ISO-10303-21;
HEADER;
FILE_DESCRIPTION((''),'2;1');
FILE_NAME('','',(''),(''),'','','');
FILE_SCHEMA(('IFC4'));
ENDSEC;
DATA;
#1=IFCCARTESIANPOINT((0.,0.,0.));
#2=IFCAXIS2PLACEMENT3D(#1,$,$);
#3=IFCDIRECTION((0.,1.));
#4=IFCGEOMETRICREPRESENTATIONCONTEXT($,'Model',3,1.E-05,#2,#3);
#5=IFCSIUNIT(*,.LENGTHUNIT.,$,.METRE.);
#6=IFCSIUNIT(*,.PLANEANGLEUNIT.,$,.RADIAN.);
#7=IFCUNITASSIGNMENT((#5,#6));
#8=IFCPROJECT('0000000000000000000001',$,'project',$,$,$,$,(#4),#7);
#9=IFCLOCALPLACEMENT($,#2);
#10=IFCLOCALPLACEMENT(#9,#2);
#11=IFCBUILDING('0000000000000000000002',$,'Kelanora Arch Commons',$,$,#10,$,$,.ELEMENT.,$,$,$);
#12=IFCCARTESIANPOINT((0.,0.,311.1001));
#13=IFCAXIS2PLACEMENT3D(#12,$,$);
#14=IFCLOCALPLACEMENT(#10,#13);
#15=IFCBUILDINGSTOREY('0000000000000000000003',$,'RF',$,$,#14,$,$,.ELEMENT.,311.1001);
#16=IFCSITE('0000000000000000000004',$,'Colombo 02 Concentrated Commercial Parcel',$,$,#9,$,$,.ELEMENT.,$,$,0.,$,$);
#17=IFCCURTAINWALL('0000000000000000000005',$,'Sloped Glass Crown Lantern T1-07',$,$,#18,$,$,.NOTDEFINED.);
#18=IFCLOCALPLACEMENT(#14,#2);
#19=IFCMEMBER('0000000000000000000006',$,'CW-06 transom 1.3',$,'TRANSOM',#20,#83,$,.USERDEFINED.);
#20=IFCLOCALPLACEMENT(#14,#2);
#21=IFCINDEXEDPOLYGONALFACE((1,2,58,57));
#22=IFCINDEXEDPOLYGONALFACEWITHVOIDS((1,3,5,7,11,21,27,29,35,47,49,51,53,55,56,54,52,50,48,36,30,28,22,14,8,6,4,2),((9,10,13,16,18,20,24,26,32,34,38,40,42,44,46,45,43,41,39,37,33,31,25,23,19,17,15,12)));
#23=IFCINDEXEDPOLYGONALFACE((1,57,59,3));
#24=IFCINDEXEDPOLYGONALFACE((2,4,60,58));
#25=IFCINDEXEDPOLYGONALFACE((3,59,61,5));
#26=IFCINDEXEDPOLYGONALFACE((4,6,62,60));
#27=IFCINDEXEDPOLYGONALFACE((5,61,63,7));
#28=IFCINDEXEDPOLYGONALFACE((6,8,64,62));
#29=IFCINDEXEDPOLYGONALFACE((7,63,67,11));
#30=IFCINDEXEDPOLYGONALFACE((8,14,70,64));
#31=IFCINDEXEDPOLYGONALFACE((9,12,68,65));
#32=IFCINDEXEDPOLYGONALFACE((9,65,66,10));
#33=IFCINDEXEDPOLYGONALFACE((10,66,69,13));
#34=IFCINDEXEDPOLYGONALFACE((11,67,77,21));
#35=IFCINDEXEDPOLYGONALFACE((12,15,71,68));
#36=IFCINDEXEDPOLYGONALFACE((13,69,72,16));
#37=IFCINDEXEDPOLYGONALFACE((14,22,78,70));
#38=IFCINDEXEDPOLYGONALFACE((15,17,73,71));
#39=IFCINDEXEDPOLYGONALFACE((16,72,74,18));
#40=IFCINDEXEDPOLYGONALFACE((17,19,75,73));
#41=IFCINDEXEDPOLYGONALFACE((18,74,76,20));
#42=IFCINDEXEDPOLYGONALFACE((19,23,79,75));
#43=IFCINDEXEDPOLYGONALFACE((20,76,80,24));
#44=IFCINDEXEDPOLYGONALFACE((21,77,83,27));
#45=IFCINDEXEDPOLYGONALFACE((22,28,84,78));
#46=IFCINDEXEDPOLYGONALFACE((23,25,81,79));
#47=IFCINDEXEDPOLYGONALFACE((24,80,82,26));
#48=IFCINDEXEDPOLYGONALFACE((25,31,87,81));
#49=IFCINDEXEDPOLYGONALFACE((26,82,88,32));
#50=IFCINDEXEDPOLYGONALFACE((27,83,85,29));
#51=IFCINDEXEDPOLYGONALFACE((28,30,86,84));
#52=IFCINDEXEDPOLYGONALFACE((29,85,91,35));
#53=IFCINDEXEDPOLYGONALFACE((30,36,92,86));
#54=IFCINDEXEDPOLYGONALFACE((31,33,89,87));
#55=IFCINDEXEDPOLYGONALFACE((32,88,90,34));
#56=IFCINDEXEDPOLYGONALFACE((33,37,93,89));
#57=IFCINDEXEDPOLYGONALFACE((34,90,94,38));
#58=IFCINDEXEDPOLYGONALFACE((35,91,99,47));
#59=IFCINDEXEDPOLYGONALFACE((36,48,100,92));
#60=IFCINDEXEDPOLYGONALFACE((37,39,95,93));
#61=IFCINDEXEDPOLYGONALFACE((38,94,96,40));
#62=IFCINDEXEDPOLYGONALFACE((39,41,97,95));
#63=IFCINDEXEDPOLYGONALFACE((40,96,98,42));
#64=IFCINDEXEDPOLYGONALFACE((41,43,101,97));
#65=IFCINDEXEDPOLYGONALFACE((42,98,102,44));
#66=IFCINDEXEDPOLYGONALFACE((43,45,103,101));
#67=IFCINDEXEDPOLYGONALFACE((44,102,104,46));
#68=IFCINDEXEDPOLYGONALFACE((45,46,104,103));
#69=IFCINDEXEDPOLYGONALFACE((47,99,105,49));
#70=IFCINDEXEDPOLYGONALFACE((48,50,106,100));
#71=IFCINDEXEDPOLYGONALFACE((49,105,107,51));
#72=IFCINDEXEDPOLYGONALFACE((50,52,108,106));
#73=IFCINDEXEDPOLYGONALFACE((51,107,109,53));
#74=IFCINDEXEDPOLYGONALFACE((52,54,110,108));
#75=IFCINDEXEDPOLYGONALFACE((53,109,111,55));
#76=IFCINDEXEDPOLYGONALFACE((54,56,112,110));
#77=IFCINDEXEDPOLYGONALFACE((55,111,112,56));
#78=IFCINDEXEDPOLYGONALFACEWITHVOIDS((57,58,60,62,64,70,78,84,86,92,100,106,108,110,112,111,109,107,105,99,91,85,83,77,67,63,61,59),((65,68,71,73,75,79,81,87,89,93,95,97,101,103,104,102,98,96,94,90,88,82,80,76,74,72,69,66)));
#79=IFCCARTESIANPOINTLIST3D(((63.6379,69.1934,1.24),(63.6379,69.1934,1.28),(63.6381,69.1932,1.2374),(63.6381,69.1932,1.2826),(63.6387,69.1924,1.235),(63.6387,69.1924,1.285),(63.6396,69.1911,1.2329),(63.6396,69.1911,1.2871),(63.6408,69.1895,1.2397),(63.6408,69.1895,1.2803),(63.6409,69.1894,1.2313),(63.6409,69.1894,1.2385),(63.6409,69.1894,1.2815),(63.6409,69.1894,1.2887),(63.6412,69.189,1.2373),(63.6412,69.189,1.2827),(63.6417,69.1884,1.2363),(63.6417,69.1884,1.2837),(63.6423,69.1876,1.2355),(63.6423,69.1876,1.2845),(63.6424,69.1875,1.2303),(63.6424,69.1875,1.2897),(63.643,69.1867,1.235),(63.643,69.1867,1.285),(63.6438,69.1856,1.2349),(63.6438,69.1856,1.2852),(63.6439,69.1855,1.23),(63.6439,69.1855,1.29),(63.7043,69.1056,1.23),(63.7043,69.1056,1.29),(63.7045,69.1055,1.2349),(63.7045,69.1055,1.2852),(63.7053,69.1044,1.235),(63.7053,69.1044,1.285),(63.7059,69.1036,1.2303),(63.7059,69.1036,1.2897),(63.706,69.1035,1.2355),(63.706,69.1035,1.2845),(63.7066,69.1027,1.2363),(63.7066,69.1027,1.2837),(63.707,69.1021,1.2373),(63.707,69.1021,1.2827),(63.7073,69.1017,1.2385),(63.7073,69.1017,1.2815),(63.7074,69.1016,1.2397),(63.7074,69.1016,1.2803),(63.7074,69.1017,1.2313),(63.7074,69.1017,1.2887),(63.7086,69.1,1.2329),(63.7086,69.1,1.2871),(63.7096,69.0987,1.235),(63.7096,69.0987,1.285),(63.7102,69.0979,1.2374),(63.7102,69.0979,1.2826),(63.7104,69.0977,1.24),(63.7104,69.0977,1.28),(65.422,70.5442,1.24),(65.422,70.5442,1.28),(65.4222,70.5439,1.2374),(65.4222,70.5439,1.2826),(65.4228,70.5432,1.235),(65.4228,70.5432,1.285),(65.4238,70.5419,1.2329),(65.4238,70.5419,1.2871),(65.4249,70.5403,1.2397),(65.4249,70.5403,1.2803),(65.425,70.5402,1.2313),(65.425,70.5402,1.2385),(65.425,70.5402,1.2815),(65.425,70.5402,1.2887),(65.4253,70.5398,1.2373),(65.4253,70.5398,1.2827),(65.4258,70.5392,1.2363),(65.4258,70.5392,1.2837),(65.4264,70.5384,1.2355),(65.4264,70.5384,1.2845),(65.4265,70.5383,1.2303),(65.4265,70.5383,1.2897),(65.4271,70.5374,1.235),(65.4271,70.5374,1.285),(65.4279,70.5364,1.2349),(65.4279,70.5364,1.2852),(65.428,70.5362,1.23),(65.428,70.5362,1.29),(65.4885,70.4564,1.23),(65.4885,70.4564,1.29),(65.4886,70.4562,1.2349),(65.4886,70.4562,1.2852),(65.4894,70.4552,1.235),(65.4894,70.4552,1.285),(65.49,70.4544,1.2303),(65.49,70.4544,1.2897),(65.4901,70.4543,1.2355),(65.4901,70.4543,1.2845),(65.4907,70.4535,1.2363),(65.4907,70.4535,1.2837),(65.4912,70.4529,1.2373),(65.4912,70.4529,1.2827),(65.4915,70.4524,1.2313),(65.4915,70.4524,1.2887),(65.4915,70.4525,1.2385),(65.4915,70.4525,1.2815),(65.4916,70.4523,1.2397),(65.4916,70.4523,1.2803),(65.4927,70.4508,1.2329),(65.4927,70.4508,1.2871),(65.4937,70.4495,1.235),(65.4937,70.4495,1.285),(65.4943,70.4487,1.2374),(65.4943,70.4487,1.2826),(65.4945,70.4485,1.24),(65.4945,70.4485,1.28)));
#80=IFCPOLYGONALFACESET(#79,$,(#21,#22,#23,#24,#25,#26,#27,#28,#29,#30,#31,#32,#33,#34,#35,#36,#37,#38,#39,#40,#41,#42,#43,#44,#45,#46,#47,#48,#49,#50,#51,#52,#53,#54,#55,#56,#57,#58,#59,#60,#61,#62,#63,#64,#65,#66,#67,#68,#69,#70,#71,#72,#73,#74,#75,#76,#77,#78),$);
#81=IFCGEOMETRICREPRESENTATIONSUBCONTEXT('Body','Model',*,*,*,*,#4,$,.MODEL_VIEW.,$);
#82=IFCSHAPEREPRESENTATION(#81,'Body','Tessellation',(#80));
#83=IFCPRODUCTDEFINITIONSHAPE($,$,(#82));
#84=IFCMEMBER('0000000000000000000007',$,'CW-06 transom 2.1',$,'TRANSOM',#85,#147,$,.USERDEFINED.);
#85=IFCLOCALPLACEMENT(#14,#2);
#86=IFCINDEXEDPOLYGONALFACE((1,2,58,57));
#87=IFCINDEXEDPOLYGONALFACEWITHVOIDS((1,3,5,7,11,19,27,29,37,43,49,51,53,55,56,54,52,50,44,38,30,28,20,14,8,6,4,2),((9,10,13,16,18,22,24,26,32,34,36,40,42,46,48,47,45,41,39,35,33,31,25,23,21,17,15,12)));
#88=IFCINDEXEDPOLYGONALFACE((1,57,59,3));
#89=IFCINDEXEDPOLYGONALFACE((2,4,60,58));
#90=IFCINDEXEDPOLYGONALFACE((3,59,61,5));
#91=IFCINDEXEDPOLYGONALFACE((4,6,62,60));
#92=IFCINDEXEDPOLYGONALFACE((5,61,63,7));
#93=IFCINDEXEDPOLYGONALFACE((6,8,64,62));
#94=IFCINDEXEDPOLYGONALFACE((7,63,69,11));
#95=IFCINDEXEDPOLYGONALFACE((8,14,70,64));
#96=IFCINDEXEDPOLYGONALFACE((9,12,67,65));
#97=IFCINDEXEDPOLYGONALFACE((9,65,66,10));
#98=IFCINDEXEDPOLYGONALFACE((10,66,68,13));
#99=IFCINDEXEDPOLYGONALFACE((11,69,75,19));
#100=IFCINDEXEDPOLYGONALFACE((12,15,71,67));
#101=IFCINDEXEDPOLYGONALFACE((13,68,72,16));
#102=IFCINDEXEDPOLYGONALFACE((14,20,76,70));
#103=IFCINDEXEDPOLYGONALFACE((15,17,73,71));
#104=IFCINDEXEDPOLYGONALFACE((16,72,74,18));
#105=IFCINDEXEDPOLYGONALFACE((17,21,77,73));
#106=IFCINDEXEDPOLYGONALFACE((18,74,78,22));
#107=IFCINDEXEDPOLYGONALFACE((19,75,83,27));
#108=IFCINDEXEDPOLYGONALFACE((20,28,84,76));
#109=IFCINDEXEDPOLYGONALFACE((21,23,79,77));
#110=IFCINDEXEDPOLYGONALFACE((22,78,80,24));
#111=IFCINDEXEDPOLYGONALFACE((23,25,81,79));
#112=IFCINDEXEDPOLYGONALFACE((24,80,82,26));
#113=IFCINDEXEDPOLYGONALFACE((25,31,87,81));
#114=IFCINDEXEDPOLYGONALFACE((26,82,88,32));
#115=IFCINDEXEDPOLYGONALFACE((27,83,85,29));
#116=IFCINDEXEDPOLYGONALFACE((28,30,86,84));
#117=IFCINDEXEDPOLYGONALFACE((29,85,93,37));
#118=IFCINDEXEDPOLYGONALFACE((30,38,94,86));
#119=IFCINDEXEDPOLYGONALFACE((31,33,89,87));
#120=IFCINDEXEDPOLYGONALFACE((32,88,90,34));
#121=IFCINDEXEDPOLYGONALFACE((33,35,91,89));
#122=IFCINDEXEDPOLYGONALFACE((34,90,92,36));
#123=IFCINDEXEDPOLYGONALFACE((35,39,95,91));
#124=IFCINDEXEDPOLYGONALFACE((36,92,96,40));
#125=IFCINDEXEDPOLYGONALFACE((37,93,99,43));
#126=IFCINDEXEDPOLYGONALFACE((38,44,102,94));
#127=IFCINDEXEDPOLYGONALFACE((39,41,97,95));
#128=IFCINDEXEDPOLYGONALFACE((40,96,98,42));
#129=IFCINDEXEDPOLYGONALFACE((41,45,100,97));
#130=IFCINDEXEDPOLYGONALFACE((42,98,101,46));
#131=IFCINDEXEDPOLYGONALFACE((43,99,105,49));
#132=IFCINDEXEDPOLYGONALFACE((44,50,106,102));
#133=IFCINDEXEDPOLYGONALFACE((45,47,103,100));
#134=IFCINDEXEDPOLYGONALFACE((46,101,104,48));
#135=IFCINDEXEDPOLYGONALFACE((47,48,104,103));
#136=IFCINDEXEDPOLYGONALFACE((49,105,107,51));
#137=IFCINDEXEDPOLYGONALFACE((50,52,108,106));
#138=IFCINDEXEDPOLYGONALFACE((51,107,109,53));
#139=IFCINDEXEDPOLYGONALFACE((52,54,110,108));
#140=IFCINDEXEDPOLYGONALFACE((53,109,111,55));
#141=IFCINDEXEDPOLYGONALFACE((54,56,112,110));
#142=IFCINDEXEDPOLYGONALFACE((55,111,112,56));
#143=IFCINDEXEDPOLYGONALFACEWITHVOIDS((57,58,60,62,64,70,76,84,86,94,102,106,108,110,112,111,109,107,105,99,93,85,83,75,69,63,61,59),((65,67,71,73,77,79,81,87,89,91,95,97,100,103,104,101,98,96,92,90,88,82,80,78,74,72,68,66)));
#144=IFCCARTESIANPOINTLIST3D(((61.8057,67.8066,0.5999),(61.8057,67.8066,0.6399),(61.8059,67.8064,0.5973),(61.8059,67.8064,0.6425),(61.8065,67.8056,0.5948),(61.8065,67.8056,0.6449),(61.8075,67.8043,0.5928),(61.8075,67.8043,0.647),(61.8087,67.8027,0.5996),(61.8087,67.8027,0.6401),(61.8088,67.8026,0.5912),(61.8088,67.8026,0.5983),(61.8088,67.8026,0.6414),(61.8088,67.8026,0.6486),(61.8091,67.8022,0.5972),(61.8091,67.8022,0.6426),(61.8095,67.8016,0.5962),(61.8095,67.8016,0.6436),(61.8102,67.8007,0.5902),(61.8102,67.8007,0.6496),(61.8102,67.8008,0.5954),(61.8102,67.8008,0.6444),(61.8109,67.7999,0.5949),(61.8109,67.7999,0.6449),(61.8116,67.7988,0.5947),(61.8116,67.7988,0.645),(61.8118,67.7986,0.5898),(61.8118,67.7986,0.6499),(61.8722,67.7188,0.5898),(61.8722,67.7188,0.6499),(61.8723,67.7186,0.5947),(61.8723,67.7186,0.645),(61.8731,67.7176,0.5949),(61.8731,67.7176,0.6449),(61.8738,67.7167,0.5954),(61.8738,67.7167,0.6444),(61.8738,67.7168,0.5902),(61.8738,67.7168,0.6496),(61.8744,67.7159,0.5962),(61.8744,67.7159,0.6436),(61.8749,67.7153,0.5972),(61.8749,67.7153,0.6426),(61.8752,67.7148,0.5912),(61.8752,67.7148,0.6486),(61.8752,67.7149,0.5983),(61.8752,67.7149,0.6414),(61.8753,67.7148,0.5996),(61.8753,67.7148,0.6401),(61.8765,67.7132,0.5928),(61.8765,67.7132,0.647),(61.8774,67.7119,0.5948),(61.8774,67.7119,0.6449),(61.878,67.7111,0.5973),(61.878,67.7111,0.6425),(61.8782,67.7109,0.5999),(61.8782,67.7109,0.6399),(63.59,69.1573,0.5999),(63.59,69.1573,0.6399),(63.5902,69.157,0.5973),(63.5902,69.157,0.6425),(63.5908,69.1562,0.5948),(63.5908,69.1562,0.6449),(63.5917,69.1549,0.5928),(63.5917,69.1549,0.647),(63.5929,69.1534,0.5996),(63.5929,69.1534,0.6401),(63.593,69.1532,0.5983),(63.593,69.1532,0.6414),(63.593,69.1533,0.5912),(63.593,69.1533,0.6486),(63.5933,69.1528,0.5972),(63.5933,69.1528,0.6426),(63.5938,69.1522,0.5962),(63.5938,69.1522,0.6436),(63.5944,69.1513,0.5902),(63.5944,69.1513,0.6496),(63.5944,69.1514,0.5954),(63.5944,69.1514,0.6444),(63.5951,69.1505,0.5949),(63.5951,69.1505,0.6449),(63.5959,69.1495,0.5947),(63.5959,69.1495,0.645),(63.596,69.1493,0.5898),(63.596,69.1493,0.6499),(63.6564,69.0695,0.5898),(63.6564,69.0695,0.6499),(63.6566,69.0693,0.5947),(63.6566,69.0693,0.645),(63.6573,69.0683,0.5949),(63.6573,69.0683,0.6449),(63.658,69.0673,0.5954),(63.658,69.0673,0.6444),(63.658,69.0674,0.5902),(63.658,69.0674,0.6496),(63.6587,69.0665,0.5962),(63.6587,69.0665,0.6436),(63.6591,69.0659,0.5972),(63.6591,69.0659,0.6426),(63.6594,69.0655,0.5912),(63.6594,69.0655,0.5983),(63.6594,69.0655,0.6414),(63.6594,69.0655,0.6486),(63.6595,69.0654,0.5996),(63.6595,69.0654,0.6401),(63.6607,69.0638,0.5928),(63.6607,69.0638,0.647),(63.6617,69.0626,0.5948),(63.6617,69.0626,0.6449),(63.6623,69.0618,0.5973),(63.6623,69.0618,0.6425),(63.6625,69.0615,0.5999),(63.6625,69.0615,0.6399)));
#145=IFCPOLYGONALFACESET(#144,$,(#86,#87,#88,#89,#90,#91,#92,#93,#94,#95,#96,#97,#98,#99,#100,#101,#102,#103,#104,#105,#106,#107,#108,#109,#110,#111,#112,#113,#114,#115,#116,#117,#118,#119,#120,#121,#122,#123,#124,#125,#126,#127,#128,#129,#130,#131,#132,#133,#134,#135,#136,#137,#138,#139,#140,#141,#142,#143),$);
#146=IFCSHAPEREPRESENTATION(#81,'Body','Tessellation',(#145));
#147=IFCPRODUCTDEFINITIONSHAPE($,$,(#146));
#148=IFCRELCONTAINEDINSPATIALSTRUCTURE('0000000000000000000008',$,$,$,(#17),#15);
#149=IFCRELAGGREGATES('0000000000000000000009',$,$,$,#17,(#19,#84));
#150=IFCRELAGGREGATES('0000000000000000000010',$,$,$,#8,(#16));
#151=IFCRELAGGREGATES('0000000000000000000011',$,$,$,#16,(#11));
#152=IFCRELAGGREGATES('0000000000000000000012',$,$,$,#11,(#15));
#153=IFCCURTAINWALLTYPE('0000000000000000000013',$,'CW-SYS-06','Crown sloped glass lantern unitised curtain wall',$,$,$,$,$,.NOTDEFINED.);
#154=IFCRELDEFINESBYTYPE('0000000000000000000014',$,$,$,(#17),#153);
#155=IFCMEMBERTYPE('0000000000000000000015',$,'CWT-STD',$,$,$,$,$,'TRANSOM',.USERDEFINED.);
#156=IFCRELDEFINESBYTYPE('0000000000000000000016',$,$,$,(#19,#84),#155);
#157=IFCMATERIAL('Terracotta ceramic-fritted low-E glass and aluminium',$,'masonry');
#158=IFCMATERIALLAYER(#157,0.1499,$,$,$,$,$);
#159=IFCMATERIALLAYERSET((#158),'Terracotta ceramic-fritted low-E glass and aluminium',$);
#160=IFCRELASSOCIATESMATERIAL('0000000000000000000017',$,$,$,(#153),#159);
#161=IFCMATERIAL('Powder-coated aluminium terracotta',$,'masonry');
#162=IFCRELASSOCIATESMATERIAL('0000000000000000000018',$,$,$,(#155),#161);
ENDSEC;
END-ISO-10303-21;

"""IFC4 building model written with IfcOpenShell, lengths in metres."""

from ifc_helpers import new_model, si_unit, direction, frame, origin, origin_2d, place, context, subcontext, project, spatial, hollow_rectangle, extrude, material, layer, layer_set, material_profile, profile_set, type_object, element, aggregate, save


model = new_model("IFC4")

# Units and contexts
model_context = context("Model", 3, precision=1e-05, world=origin(), true_north=direction((0.0, 1.0)))
body_context = subcontext(model_context, "Body", "Model", "MODEL_VIEW")
ifc_project = project(units=[si_unit("LENGTHUNIT", "METRE"), si_unit("PLANEANGLEUNIT", "RADIAN")], contexts=[model_context])

# Site, building, storey
site_placement = place(None, origin())
site = spatial("IfcSite", under=ifc_project, at=site_placement, Name="Colombo 02 Concentrated Commercial Parcel", CompositionType="ELEMENT", RefElevation=0.0)
building_placement = place(site_placement, origin())
building = spatial("IfcBuilding", under=site, at=building_placement, Name="Kelanora Arch Commons", CompositionType="ELEMENT")
storey_placement = place(building_placement, frame((0.0, 0.0, 311.1001)))
storey = spatial("IfcBuildingStorey", under=building, at=storey_placement, Name="RF", CompositionType="ELEMENT", Elevation=311.1001)

# Curtain wall
ifc_material_1 = material(Name="Terracotta ceramic-fritted low-E glass and aluminium", Category="masonry")
ifc_layer_1 = layer(ifc_material_1, 0.1499)
ifc_layer_set_1 = layer_set([ifc_layer_1], Name="Terracotta ceramic-fritted low-E glass and aluminium")
curtain_wall_type = type_object("IfcCurtainWallType", Name="CW-SYS-06", Description="Crown sloped glass lantern unitised curtain wall", PredefinedType="NOTDEFINED", material=ifc_layer_set_1)
curtain_wall_1_placement = place(storey_placement, origin())
curtain_wall_1 = element("IfcCurtainWall", 1, at=curtain_wall_1_placement, inside=storey, type_object=curtain_wall_type, Name="Sloped Glass Crown Lantern T1-07", PredefinedType="NOTDEFINED")
ifc_material_2 = material(Name="Powder-coated aluminium terracotta", Category="masonry")

# Members
ifc_material_profile_1 = material_profile(ifc_material_2, hollow_rectangle(XDim=0.1201, YDim=0.0601, WallThickness=0.0049, InnerFilletRadius=0.0049, OuterFilletRadius=0.01, at=origin_2d()), Name="CWT120x60")
ifc_profile_set_1 = profile_set([ifc_material_profile_1], Name="Powder-coated aluminium terracotta")
member_type_1 = type_object("IfcMemberType", Name="CWT-STD", ElementType="TRANSOM", PredefinedType="USERDEFINED", material=ifc_profile_set_1)
member_1_placement = place(storey_placement, frame((65.4583, 70.4963, 1.26), z_axis=(-0.797269, -0.603625, 0.0), x_axis=(0.603625, -0.797269, 0.0)))
member_1 = element("IfcMember", 2, at=member_1_placement, type_object=member_type_1, Name="CW-06 transom 1.3", ObjectType="TRANSOM", PredefinedType="USERDEFINED", context=body_context, shape_type="SweptSolid", body=[
    extrude(hollow_rectangle(XDim=0.1201, YDim=0.0601, WallThickness=0.0049, InnerFilletRadius=0.0049, OuterFilletRadius=0.01, at=origin_2d()), origin(), (0.0, 0.0, 1.0), 2.2378),
])
member_2_placement = place(storey_placement, frame((63.6262, 69.1094, 0.6199), z_axis=(-0.797321, -0.603555, 0.0), x_axis=(0.603555, -0.797321, 0.0)))
member_2 = element("IfcMember", 3, at=member_2_placement, type_object=member_type_1, Name="CW-06 transom 2.1", ObjectType="TRANSOM", PredefinedType="USERDEFINED", context=body_context, shape_type="SweptSolid", body=[
    extrude(hollow_rectangle(XDim=0.1201, YDim=0.0601, WallThickness=0.0049, InnerFilletRadius=0.0049, OuterFilletRadius=0.01, at=origin_2d()), origin(), (0.0, 0.0, 1.0), 2.2378),
])

aggregate(curtain_wall_1, [member_1, member_2])

save(model, "model.ifc")
